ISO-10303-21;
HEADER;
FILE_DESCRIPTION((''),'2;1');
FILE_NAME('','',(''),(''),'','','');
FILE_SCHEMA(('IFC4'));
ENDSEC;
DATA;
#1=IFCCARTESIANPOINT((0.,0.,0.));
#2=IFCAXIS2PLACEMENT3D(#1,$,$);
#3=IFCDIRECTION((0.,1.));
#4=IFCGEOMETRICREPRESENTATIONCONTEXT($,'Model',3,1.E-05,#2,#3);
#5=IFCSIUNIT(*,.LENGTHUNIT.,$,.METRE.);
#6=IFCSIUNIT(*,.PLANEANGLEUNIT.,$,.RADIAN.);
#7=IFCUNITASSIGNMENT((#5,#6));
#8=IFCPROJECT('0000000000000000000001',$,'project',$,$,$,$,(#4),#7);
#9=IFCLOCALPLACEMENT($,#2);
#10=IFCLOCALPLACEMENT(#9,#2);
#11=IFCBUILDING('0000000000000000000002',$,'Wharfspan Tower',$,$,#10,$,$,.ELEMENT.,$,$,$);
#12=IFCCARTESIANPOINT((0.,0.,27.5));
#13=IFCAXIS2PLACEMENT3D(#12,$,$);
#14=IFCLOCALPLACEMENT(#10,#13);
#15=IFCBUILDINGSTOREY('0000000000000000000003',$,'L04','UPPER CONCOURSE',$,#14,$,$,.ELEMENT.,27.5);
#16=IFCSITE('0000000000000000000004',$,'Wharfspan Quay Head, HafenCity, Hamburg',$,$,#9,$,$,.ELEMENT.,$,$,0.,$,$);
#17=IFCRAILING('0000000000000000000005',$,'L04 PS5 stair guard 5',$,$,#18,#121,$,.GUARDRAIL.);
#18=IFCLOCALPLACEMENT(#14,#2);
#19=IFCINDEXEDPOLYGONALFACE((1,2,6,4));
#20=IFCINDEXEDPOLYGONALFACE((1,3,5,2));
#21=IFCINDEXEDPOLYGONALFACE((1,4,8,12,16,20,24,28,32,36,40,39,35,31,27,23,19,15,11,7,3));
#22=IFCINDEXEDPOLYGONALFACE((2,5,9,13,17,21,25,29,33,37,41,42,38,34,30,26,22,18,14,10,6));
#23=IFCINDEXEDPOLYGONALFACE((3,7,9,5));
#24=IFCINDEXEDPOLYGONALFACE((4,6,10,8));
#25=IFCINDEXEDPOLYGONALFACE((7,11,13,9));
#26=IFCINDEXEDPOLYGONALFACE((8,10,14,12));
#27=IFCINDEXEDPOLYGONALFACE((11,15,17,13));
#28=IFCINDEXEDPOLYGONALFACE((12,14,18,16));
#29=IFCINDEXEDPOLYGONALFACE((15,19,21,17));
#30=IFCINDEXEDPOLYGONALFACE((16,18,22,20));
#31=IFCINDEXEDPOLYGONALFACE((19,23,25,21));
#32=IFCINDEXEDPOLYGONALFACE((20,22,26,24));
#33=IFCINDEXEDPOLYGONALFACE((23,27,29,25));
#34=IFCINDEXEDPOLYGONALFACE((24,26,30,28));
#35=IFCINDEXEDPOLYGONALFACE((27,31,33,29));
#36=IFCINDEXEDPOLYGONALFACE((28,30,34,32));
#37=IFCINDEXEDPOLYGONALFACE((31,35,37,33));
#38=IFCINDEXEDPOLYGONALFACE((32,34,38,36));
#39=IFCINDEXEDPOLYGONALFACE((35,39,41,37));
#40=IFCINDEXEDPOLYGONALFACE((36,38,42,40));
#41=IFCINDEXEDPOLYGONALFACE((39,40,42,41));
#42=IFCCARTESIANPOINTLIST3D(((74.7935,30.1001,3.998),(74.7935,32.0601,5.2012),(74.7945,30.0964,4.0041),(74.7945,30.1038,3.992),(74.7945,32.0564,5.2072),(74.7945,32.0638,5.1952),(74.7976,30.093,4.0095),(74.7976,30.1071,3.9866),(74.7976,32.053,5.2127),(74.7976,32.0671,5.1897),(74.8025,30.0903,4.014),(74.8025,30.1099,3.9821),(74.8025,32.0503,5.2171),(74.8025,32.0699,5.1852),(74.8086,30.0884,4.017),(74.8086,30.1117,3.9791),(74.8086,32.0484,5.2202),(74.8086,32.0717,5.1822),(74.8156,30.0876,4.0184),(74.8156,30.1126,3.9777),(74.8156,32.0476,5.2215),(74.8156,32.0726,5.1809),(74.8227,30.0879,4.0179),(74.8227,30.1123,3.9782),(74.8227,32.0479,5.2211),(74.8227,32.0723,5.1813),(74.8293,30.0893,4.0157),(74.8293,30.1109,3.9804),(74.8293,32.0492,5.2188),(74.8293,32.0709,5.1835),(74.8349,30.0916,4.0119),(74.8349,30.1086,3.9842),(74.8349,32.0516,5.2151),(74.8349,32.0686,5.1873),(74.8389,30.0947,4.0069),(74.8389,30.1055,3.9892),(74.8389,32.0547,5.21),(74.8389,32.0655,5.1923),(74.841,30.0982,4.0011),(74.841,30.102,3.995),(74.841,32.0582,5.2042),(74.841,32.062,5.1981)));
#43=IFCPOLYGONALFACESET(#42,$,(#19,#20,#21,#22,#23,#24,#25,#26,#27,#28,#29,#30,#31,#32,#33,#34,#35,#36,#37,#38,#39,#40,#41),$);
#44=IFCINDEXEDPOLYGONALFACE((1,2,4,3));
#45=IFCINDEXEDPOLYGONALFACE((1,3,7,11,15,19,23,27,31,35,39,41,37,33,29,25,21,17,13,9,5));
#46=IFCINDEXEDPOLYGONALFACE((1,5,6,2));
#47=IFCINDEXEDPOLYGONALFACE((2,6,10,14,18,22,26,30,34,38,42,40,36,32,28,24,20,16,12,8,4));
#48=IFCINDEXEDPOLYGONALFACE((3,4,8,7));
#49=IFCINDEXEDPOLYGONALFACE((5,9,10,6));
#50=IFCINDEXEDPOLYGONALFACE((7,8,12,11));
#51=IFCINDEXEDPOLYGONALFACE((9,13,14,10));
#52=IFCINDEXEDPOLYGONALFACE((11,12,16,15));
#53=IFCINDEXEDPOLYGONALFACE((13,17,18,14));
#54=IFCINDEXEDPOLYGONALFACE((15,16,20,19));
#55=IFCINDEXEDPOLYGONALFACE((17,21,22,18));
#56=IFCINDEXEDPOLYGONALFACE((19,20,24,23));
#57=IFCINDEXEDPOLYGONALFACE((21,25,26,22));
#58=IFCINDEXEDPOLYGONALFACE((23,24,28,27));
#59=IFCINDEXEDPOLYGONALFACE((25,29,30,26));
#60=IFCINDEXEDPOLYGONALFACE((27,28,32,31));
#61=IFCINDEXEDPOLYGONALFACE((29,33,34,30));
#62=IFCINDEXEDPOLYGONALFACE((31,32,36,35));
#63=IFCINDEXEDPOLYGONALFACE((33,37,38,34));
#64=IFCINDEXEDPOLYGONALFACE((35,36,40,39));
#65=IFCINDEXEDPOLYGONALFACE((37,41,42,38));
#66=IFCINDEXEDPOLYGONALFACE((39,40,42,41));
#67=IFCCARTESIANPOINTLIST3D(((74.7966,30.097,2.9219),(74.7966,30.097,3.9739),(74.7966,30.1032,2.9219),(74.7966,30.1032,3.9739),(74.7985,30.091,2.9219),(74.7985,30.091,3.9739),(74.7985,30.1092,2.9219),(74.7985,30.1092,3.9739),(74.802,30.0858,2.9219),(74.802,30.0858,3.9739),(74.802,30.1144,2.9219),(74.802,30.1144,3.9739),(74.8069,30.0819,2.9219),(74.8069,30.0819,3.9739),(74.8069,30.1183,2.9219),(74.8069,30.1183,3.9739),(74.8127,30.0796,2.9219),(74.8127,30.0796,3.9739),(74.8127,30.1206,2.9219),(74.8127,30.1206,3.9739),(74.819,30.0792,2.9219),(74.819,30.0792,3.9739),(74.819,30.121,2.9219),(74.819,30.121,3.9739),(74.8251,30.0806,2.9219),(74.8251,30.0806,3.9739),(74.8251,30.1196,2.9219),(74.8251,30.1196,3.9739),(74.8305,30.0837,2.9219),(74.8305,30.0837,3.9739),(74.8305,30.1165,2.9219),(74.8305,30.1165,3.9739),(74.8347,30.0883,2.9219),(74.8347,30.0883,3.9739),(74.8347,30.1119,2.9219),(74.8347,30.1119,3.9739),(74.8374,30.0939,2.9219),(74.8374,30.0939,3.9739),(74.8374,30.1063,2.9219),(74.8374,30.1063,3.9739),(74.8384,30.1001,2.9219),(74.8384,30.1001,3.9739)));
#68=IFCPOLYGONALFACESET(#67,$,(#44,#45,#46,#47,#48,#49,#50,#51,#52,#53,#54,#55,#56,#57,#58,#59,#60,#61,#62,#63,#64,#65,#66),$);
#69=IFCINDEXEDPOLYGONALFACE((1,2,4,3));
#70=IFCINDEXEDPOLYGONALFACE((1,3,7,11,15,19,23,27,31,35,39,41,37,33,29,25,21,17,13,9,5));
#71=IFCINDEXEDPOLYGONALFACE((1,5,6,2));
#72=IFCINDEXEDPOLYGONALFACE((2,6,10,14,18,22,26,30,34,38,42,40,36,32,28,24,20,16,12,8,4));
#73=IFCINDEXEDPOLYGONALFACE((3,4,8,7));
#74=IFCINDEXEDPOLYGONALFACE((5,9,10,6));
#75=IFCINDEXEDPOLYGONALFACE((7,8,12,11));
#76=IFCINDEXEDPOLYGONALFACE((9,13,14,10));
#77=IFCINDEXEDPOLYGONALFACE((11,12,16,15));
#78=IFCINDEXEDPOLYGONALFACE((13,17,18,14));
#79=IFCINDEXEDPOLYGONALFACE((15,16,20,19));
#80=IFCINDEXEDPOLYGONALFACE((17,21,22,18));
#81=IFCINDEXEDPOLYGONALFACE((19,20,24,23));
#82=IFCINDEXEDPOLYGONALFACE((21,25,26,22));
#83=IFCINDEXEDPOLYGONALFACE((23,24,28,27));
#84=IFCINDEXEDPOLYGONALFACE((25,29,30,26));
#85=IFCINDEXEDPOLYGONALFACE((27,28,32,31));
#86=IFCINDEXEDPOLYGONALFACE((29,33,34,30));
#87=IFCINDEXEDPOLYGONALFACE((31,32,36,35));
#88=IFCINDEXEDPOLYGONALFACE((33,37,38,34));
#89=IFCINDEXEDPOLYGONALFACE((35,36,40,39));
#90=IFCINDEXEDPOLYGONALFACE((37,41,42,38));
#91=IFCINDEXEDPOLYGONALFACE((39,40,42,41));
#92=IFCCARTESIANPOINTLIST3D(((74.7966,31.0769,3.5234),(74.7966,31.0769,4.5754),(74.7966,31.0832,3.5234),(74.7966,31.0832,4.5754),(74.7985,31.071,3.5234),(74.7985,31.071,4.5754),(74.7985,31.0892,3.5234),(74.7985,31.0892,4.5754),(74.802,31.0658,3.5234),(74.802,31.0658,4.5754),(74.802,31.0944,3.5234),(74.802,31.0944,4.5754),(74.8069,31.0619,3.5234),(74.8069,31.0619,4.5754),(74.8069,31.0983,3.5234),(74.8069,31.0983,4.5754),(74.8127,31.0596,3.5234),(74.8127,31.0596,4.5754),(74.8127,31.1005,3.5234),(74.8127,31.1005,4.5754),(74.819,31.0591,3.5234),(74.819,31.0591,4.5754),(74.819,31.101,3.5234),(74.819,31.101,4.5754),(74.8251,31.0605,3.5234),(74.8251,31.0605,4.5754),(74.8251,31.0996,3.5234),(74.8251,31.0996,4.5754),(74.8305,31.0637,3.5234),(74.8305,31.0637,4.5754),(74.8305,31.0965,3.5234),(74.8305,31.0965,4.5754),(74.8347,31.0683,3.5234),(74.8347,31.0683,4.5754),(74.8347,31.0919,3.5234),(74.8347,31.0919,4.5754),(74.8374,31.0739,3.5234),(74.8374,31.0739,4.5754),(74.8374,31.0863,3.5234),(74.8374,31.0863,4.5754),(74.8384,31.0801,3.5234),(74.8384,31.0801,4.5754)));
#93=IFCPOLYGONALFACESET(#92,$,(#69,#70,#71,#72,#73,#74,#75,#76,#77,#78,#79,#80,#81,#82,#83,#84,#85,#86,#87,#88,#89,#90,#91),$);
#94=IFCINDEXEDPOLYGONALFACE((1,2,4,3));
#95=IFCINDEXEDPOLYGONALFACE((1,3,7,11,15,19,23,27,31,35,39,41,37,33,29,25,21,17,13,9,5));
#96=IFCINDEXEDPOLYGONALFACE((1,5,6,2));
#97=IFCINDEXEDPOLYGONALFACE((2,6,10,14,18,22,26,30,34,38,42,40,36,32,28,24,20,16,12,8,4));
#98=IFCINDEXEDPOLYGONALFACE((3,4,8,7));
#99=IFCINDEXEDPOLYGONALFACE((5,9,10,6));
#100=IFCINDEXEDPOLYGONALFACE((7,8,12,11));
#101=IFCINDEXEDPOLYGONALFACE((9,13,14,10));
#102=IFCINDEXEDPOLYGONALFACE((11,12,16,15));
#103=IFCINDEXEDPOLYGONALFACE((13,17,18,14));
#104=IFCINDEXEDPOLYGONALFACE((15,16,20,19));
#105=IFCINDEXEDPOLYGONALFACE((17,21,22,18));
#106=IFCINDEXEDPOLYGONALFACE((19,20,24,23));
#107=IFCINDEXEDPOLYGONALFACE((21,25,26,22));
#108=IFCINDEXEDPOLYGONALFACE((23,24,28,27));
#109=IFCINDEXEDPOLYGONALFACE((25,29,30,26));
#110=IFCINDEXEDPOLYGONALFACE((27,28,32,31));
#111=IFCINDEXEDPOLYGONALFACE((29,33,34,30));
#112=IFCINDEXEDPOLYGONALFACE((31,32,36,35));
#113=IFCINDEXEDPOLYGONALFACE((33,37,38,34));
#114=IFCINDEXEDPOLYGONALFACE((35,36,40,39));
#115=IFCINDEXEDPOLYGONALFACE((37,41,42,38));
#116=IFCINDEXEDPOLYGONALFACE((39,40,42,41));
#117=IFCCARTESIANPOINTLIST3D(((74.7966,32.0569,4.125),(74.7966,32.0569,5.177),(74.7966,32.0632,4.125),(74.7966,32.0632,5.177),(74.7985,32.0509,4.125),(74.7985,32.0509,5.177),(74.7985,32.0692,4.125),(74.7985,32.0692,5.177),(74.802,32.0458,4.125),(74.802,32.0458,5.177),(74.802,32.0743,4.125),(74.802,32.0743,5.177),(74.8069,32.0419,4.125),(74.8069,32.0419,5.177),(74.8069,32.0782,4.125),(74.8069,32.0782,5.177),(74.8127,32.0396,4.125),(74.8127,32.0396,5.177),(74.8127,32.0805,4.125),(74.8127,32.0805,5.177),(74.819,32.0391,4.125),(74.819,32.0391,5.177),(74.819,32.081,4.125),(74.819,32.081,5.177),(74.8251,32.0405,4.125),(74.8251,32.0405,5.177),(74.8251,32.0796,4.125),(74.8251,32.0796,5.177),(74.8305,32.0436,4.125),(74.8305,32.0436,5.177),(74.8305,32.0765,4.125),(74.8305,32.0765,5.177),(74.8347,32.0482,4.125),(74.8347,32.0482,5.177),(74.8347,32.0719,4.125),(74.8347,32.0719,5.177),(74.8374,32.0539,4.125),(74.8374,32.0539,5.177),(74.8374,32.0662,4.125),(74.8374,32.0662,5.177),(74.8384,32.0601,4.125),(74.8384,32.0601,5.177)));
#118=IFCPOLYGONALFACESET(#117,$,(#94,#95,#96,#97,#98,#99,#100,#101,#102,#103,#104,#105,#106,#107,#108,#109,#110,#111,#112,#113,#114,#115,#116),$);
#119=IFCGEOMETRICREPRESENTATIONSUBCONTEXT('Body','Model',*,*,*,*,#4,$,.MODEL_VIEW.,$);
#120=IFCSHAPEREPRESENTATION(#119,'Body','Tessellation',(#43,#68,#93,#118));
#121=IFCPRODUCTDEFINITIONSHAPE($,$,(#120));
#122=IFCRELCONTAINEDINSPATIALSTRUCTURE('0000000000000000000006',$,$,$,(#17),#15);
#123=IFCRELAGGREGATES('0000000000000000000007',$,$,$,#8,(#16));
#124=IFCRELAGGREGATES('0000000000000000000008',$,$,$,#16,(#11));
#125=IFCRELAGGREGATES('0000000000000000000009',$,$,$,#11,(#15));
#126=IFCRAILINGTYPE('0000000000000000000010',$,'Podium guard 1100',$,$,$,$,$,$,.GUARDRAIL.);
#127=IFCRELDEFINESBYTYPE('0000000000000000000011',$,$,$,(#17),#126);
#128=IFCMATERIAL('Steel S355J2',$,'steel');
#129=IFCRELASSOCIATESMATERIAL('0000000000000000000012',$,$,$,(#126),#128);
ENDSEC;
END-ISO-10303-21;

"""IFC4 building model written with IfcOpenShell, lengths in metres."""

from ifc_helpers import new_model, si_unit, direction, frame, origin, origin_2d, place, context, subcontext, project, spatial, circle, extrude, material, type_object, element, save


model = new_model("IFC4")

# Units and contexts
model_context = context("Model", 3, precision=1e-05, world=origin(), true_north=direction((0.0, 1.0)))
body_context = subcontext(model_context, "Body", "Model", "MODEL_VIEW")
ifc_project = project(units=[si_unit("LENGTHUNIT", "METRE"), si_unit("PLANEANGLEUNIT", "RADIAN")], contexts=[model_context])

# Site, building, storey
site_placement = place(None, origin())
site = spatial("IfcSite", under=ifc_project, at=site_placement, Name="Wharfspan Quay Head, HafenCity, Hamburg", CompositionType="ELEMENT", RefElevation=0.0)
building_placement = place(site_placement, origin())
building = spatial("IfcBuilding", under=site, at=building_placement, Name="Wharfspan Tower", CompositionType="ELEMENT")
storey_placement = place(building_placement, frame((0.0, 0.0, 27.5)))
storey = spatial("IfcBuildingStorey", under=building, at=storey_placement, Name="L04", Description="UPPER CONCOURSE", CompositionType="ELEMENT", Elevation=27.5)

# Railing
ifc_material_1 = material(Name="Steel S355J2", Category="steel")
railing_type_1 = type_object("IfcRailingType", Name="Podium guard 1100", PredefinedType="GUARDRAIL", material=ifc_material_1)
railing_1_placement = place(storey_placement, frame((74.8174, 30.1001, 2.9219)))
element("IfcRailing", 1, at=railing_1_placement, inside=storey, type_object=railing_type_1, Name="L04 PS5 stair guard 5", PredefinedType="GUARDRAIL", context=body_context, shape_type="SweptSolid", body=[
    extrude(circle(Radius=0.0239, at=origin_2d()), frame((0.0, 0.0, 1.0762), z_axis=(0.0, 0.852241, 0.523149), x_axis=(-1.0, 0.0, 0.0)), (0.0, 0.0, 1.0), 2.2998),
    extrude(circle(Radius=0.021, at=origin_2d()), origin(), (0.0, 0.0, 1.0), 1.052),
    extrude(circle(Radius=0.021, at=origin_2d()), frame((0.0, 0.98, 0.6016)), (0.0, 0.0, 1.0), 1.052),
    extrude(circle(Radius=0.021, at=origin_2d()), frame((0.0, 1.96, 1.2031)), (0.0, 0.0, 1.0), 1.052),
])

save(model, "model.ifc")
